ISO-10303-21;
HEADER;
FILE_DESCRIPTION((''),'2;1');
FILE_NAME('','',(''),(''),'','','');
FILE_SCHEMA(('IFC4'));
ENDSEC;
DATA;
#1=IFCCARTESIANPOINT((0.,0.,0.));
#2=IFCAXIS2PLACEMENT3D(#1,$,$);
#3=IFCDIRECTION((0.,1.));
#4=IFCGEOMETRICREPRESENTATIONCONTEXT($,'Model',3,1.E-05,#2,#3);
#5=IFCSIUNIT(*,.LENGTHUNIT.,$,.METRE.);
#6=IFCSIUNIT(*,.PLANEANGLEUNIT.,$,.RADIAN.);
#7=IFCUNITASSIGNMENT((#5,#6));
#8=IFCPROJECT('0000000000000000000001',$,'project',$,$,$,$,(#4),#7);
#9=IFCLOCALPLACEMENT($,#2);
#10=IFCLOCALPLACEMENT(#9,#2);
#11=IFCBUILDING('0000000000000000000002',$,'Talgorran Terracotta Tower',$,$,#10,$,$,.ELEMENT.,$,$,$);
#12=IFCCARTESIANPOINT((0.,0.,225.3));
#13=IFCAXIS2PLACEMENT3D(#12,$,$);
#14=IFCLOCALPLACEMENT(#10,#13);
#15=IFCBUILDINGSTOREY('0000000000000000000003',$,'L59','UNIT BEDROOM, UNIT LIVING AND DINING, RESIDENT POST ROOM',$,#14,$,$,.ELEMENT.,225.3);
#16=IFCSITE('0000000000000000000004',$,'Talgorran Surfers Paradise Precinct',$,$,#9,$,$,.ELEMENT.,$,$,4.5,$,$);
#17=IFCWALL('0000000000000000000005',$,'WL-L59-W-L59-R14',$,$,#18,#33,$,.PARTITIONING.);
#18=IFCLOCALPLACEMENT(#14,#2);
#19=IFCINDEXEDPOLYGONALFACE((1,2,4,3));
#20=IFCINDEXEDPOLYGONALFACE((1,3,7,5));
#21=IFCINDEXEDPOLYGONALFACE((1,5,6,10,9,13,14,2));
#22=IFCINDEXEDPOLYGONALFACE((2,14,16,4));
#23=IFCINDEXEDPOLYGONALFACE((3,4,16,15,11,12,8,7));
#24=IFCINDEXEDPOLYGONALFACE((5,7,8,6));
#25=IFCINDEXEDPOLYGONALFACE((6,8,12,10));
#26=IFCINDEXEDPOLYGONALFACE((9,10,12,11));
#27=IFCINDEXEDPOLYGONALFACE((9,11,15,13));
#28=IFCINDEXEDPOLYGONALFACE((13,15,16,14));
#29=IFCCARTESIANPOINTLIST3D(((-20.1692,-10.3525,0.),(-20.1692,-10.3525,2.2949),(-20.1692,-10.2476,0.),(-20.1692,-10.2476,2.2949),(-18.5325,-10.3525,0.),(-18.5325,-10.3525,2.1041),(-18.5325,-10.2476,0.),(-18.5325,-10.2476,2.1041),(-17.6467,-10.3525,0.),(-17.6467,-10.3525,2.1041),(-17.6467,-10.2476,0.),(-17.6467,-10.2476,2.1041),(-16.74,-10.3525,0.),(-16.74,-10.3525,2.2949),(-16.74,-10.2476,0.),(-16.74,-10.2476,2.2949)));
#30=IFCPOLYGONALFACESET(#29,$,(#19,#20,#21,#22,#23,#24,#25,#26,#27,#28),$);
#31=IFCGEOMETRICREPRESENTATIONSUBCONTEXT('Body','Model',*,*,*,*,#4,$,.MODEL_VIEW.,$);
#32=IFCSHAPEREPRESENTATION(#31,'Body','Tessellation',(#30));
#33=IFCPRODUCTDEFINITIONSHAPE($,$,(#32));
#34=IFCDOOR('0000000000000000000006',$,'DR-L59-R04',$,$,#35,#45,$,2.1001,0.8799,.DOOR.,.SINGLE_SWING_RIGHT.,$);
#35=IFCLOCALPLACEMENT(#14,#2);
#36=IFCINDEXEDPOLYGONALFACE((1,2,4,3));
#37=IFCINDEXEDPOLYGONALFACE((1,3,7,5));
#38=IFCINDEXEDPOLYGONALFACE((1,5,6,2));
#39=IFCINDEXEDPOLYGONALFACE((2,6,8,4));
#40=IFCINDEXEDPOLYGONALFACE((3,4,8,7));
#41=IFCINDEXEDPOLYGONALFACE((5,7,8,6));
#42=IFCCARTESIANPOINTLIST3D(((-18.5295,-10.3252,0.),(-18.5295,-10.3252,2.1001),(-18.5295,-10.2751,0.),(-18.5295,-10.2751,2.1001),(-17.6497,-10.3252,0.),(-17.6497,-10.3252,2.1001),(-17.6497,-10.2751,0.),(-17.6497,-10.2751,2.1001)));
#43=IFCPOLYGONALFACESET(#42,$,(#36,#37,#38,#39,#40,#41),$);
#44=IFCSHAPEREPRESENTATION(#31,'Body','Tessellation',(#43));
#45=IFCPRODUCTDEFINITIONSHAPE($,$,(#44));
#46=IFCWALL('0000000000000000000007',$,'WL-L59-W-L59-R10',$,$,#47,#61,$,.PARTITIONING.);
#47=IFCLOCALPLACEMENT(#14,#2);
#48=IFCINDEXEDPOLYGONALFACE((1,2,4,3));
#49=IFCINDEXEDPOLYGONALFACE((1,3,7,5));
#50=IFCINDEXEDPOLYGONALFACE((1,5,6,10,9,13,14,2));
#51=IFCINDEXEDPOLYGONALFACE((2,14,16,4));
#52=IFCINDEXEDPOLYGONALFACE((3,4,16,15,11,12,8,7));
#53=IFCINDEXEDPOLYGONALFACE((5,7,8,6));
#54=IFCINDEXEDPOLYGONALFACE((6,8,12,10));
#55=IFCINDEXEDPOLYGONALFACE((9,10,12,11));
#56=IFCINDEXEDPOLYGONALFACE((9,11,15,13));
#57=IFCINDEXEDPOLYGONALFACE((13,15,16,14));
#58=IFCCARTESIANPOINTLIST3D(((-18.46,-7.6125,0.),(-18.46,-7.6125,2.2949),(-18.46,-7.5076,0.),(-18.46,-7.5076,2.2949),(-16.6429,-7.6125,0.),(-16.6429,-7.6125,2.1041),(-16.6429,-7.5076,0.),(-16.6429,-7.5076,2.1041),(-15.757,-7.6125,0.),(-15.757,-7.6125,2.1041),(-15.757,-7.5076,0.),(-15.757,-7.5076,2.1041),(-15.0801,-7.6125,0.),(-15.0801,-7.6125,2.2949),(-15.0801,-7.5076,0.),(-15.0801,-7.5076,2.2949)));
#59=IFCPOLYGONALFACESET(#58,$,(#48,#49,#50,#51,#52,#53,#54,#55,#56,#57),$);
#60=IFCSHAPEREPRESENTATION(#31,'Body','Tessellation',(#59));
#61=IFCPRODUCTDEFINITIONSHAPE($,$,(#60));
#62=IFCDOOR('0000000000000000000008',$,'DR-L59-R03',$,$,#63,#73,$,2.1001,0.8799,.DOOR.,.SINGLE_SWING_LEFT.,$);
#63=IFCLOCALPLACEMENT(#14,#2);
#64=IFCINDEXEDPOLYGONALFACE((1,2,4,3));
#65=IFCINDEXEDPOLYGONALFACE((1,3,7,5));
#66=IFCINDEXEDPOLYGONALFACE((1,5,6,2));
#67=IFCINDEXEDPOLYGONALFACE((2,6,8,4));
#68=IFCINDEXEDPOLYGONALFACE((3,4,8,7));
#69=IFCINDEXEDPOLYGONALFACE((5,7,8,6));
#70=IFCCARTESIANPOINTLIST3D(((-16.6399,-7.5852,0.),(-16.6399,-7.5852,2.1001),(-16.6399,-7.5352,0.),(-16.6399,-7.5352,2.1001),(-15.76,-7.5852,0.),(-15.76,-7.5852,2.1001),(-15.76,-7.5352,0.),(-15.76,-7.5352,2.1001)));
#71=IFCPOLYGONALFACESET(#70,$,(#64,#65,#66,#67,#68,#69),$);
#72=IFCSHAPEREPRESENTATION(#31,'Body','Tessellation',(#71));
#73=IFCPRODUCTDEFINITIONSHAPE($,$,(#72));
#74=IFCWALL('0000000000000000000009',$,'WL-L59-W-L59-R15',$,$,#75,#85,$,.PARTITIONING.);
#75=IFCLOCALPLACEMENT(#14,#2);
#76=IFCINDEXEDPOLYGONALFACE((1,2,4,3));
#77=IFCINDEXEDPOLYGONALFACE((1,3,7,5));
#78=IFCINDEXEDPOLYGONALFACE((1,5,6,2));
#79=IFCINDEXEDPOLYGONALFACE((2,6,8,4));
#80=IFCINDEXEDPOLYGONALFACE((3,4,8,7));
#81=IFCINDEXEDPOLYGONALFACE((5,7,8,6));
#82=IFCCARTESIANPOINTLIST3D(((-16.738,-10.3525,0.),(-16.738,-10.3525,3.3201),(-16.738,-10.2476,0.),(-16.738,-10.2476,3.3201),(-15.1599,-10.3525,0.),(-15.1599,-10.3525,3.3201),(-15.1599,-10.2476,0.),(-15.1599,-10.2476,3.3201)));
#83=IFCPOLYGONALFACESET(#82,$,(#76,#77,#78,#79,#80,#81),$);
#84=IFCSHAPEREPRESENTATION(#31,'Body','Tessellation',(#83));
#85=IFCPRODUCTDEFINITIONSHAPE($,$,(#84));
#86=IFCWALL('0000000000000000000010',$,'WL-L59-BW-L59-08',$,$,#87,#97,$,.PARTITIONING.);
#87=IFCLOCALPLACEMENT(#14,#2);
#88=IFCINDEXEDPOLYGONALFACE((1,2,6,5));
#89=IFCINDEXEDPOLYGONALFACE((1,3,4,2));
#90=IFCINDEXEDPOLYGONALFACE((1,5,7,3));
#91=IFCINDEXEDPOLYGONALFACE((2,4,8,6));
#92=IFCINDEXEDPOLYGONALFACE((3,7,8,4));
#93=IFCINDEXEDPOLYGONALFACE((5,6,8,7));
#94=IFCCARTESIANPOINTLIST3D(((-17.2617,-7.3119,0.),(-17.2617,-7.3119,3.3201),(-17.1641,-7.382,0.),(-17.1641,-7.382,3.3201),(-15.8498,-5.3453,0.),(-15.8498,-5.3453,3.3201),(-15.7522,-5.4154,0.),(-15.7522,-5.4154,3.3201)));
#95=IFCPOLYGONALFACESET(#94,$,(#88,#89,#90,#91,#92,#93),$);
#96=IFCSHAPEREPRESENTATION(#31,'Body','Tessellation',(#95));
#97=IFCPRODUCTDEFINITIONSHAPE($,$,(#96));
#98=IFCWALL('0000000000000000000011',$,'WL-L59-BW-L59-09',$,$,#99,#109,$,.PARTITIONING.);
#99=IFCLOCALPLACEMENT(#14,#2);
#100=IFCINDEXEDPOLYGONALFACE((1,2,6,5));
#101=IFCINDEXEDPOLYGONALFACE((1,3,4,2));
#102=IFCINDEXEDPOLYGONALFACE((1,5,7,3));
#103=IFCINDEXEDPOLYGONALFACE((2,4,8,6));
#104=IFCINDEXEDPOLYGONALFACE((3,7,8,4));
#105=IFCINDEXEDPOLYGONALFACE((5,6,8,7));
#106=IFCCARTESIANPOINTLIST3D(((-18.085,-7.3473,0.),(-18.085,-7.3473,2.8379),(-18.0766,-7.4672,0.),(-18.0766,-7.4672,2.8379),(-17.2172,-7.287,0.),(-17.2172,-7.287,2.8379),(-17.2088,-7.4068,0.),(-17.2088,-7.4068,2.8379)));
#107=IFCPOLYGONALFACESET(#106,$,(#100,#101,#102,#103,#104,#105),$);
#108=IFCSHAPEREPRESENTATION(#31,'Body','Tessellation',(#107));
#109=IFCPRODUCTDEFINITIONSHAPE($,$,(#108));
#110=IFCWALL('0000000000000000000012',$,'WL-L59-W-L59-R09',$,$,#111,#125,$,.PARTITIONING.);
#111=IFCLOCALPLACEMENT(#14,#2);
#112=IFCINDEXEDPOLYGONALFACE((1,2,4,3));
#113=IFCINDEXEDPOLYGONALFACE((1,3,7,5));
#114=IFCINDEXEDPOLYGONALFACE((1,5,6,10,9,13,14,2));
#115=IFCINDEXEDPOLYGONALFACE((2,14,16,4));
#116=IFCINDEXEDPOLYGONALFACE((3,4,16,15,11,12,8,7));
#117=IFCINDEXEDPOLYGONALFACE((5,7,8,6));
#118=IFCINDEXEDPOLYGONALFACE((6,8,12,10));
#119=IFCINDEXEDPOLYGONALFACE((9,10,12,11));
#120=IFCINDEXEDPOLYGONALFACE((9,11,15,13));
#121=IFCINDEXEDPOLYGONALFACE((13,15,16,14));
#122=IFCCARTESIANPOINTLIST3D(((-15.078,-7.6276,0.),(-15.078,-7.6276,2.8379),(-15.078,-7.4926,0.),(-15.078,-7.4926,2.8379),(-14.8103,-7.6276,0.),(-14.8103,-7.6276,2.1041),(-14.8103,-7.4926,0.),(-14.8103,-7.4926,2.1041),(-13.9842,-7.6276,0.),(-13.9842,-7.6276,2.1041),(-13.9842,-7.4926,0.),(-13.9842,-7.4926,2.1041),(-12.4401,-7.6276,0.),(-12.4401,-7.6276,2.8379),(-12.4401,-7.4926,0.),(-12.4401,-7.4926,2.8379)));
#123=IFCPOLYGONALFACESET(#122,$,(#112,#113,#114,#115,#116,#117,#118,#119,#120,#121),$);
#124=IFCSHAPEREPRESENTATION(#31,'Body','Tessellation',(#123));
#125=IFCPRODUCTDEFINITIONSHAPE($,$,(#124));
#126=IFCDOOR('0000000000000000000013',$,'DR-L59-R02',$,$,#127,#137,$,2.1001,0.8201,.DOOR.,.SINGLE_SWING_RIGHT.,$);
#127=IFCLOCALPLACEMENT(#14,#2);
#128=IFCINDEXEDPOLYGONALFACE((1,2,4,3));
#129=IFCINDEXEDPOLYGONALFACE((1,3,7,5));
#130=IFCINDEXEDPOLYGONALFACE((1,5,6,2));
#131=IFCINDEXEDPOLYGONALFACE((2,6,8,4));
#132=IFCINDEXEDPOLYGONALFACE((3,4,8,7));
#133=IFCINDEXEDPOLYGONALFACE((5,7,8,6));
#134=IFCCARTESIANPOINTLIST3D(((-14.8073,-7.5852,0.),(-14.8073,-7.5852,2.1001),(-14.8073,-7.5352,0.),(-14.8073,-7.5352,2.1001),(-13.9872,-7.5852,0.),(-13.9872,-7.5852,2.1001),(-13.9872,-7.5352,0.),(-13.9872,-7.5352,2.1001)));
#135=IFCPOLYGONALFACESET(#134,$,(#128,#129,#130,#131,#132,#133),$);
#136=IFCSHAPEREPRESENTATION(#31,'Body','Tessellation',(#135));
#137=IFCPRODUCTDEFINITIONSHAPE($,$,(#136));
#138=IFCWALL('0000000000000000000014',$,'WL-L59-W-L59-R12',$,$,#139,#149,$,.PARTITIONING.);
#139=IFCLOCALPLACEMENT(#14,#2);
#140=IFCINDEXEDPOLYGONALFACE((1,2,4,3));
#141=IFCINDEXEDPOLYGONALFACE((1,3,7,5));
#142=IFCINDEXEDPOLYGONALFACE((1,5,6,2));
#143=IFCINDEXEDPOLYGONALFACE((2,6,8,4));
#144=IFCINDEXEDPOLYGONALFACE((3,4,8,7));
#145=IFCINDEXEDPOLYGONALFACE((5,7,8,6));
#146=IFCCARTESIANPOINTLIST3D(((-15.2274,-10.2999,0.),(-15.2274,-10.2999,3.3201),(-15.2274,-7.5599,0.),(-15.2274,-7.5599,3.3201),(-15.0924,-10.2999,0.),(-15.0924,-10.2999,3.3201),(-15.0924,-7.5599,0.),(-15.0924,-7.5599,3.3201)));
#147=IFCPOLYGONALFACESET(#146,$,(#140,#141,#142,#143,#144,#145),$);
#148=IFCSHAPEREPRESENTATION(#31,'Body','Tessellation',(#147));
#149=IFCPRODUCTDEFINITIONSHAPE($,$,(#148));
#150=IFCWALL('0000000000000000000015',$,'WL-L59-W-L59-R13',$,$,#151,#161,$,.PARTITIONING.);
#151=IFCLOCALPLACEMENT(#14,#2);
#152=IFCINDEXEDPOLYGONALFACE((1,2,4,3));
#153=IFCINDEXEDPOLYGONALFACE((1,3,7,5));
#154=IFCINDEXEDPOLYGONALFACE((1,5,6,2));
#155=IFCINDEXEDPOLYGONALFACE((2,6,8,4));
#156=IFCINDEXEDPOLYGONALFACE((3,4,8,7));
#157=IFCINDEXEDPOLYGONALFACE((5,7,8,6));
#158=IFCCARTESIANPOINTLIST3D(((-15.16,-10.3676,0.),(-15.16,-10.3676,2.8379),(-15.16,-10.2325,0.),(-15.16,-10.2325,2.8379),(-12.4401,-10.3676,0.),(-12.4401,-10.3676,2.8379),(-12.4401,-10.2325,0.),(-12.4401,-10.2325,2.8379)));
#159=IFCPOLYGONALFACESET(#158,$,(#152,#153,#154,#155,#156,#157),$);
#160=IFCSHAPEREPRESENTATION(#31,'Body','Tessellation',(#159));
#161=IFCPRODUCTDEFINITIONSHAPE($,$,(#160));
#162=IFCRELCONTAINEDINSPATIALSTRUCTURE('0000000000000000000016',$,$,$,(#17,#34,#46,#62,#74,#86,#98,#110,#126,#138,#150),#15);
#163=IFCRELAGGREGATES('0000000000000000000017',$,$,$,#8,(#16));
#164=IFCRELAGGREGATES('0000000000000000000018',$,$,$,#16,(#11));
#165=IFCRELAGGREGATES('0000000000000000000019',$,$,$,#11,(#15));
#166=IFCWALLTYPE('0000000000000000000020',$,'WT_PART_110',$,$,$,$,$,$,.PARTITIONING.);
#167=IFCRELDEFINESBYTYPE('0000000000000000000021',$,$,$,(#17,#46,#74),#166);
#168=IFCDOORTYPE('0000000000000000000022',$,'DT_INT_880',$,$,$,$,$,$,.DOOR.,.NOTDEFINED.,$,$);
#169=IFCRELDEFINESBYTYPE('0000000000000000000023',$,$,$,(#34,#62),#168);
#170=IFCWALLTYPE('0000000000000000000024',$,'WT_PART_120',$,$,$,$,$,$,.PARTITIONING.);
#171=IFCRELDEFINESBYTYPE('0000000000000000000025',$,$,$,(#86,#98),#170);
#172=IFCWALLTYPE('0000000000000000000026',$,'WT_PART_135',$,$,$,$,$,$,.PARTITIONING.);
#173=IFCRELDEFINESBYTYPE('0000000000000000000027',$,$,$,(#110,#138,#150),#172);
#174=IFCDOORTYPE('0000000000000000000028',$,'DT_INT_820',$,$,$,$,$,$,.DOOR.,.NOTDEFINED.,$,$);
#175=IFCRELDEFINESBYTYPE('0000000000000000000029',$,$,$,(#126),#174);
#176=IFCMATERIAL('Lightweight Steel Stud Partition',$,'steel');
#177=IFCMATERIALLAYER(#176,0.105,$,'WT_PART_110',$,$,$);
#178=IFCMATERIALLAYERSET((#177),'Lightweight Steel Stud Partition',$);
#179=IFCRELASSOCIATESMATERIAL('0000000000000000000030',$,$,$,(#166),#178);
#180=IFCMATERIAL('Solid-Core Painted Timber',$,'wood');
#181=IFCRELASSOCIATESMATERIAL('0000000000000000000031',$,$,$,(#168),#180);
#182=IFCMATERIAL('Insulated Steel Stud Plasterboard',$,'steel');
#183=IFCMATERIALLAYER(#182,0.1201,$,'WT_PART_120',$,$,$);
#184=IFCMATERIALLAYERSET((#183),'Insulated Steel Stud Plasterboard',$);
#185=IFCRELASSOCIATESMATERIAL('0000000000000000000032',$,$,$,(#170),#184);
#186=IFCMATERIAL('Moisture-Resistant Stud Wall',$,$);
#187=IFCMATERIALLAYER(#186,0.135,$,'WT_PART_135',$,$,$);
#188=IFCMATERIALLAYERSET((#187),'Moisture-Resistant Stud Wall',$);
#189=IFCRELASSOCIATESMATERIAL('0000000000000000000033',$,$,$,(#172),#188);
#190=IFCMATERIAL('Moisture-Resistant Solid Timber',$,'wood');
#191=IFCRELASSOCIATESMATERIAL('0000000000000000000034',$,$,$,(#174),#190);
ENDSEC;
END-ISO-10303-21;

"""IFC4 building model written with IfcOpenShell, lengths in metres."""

from ifc_helpers import new_model, si_unit, direction, frame, frame_2d, origin, place, context, subcontext, project, spatial, rectangle, extrude, material, layer, layer_set, type_object, element, fill, save


model = new_model("IFC4")

# Units and contexts
model_context = context("Model", 3, precision=1e-05, world=origin(), true_north=direction((0.0, 1.0)))
body_context = subcontext(model_context, "Body", "Model", "MODEL_VIEW")
ifc_project = project(units=[si_unit("LENGTHUNIT", "METRE"), si_unit("PLANEANGLEUNIT", "RADIAN")], contexts=[model_context])

# Site, building, storey
site_placement = place(None, origin())
site = spatial("IfcSite", under=ifc_project, at=site_placement, Name="Talgorran Surfers Paradise Precinct", CompositionType="ELEMENT", RefElevation=4.5)
building_placement = place(site_placement, origin())
building = spatial("IfcBuilding", under=site, at=building_placement, Name="Talgorran Terracotta Tower", CompositionType="ELEMENT")
storey_placement = place(building_placement, frame((0.0, 0.0, 225.3)))
storey = spatial("IfcBuildingStorey", under=building, at=storey_placement, Name="L59", Description="UNIT BEDROOM, UNIT LIVING AND DINING, RESIDENT POST ROOM", CompositionType="ELEMENT", Elevation=225.3)

# Walls, openings, doors
ifc_material_1 = material(Name="Lightweight Steel Stud Partition", Category="steel")
ifc_layer_1 = layer(ifc_material_1, 0.105, Name="WT_PART_110")
ifc_layer_set_1 = layer_set([ifc_layer_1], Name="Lightweight Steel Stud Partition")
wall_type_1 = type_object("IfcWallType", Name="WT_PART_110", PredefinedType="PARTITIONING", material=ifc_layer_set_1)
wall_1_placement = place(storey_placement, frame((-20.1692, -10.3, 0.0), z_axis=(0.0, 0.0, 1.0), x_axis=(1.0, 0.0, 0.0)))
wall_1 = element("IfcWall", 1, at=wall_1_placement, inside=storey, type_object=wall_type_1, Name="WL-L59-W-L59-R14", PredefinedType="PARTITIONING", context=body_context, shape_type="SweptSolid", body=[
    extrude(rectangle(XDim=3.4292, YDim=0.105, at=frame_2d((1.7146, 0.0))), origin(), (0.0, 0.0, 1.0), 2.2949),
])
opening_1_placement = place(wall_1_placement, frame((1.6396, 0.0, 0.0)))
opening_1 = element("IfcOpeningElement", 2, at=opening_1_placement, cuts=wall_1, PredefinedType="OPENING", context=body_context, shape_type="SweptSolid", body=[
    extrude(rectangle(XDim=0.8859, YDim=2.1041, at=frame_2d((0.4399, 1.052))), frame((0.0, 0.0625, 0.0), z_axis=(0.0, -1.0, 0.0), x_axis=(1.0, 0.0, 0.0)), (0.0, 0.0, 1.0), 0.125),
])
ifc_material_2 = material(Name="Solid-Core Painted Timber", Category="wood")
door_type_1 = type_object("IfcDoorType", Name="DT_INT_880", OperationType="NOTDEFINED", PredefinedType="DOOR", material=ifc_material_2)
door_1_placement = place(opening_1_placement, origin())
door_1 = element("IfcDoor", 3, at=door_1_placement, inside=storey, type_object=door_type_1, Name="DR-L59-R04", OperationType="SINGLE_SWING_RIGHT", OverallHeight=2.1001, OverallWidth=0.8799, PredefinedType="DOOR", context=body_context, shape_type="SweptSolid", body=[
    extrude(rectangle(XDim=0.8799, YDim=2.1001, at=frame_2d((0.4399, 1.05))), frame((0.0, 0.0249, 0.0), z_axis=(0.0, -1.0, 0.0), x_axis=(1.0, 0.0, 0.0)), (0.0, 0.0, 1.0), 0.05),
])
fill(opening_1, door_1)
wall_2_placement = place(storey_placement, frame((-18.46, -7.5601, 0.0), z_axis=(0.0, 0.0, 1.0), x_axis=(1.0, 0.0, 0.0)))
wall_2 = element("IfcWall", 4, at=wall_2_placement, inside=storey, type_object=wall_type_1, Name="WL-L59-W-L59-R10", PredefinedType="PARTITIONING", context=body_context, shape_type="SweptSolid", body=[
    extrude(rectangle(XDim=3.3799, YDim=0.105, at=frame_2d((1.6899, 0.0))), origin(), (0.0, 0.0, 1.0), 2.2949),
])
opening_2_placement = place(wall_2_placement, frame((1.8201, 0.0, 0.0)))
opening_2 = element("IfcOpeningElement", 5, at=opening_2_placement, cuts=wall_2, PredefinedType="OPENING", context=body_context, shape_type="SweptSolid", body=[
    extrude(rectangle(XDim=0.8859, YDim=2.1041, at=frame_2d((0.4399, 1.052))), frame((0.0, 0.0625, 0.0), z_axis=(0.0, -1.0, 0.0), x_axis=(1.0, 0.0, 0.0)), (0.0, 0.0, 1.0), 0.125),
])
door_2_placement = place(opening_2_placement, origin())
door_2 = element("IfcDoor", 6, at=door_2_placement, inside=storey, type_object=door_type_1, Name="DR-L59-R03", OperationType="SINGLE_SWING_LEFT", OverallHeight=2.1001, OverallWidth=0.8799, PredefinedType="DOOR", context=body_context, shape_type="SweptSolid", body=[
    extrude(rectangle(XDim=0.8799, YDim=2.1001, at=frame_2d((0.4399, 1.05))), frame((0.0, 0.0249, 0.0), z_axis=(0.0, -1.0, 0.0), x_axis=(1.0, 0.0, 0.0)), (0.0, 0.0, 1.0), 0.05),
])
fill(opening_2, door_2)

# Walls
wall_3_placement = place(storey_placement, frame((-16.738, -10.3, 0.0), z_axis=(0.0, 0.0, 1.0), x_axis=(1.0, 0.0, 0.0)))
element("IfcWall", 7, at=wall_3_placement, inside=storey, type_object=wall_type_1, Name="WL-L59-W-L59-R15", PredefinedType="PARTITIONING", context=body_context, shape_type="SweptSolid", body=[
    extrude(rectangle(XDim=1.5781, YDim=0.105, at=frame_2d((0.7891, 0.0))), origin(), (0.0, 0.0, 1.0), 3.3201),
])
ifc_material_3 = material(Name="Insulated Steel Stud Plasterboard", Category="steel")
ifc_layer_2 = layer(ifc_material_3, 0.1201, Name="WT_PART_120")
ifc_layer_set_2 = layer_set([ifc_layer_2], Name="Insulated Steel Stud Plasterboard")
wall_type_2 = type_object("IfcWallType", Name="WT_PART_120", PredefinedType="PARTITIONING", material=ifc_layer_set_2)
wall_4_placement = place(storey_placement, frame((-15.801, -5.3804, 0.0), z_axis=(0.0, 0.0, 1.0), x_axis=(-0.583202, -0.812327, 0.0)))
element("IfcWall", 8, at=wall_4_placement, inside=storey, type_object=wall_type_2, Name="WL-L59-BW-L59-08", PredefinedType="PARTITIONING", context=body_context, shape_type="SweptSolid", body=[
    extrude(rectangle(XDim=2.4209, YDim=0.1201, at=frame_2d((1.2104, 0.0))), origin(), (0.0, 0.0, 1.0), 3.3201),
])
wall_5_placement = place(storey_placement, frame((-17.2129, -7.3469, 0.0), z_axis=(0.0, 0.0, 1.0), x_axis=(-0.997594, -0.069332, 0.0)))
element("IfcWall", 9, at=wall_5_placement, inside=storey, type_object=wall_type_2, Name="WL-L59-BW-L59-09", PredefinedType="PARTITIONING", context=body_context, shape_type="SweptSolid", body=[
    extrude(rectangle(XDim=0.8699, YDim=0.1201, at=frame_2d((0.4351, 0.0))), origin(), (0.0, 0.0, 1.0), 2.8379),
])

# Wall, opening, door
ifc_material_4 = material(Name="Moisture-Resistant Stud Wall")
ifc_layer_3 = layer(ifc_material_4, 0.135, Name="WT_PART_135")
ifc_layer_set_3 = layer_set([ifc_layer_3], Name="Moisture-Resistant Stud Wall")
wall_type_3 = type_object("IfcWallType", Name="WT_PART_135", PredefinedType="PARTITIONING", material=ifc_layer_set_3)
wall_6_placement = place(storey_placement, frame((-15.0779, -7.5601, 0.0), z_axis=(0.0, 0.0, 1.0), x_axis=(1.0, 0.0, 0.0)))
wall_6 = element("IfcWall", 10, at=wall_6_placement, inside=storey, type_object=wall_type_3, Name="WL-L59-W-L59-R09", PredefinedType="PARTITIONING", context=body_context, shape_type="SweptSolid", body=[
    extrude(rectangle(XDim=2.6379, YDim=0.135, at=frame_2d((1.3188, 0.0))), origin(), (0.0, 0.0, 1.0), 2.8379),
])
opening_3_placement = place(wall_6_placement, frame((0.2705, 0.0, 0.0)))
opening_3 = element("IfcOpeningElement", 11, at=opening_3_placement, cuts=wall_6, PredefinedType="OPENING", context=body_context, shape_type="SweptSolid", body=[
    extrude(rectangle(XDim=0.8261, YDim=2.1041, at=frame_2d((0.4102, 1.052))), frame((0.0, 0.0776, 0.0), z_axis=(0.0, -1.0, 0.0), x_axis=(1.0, 0.0, 0.0)), (0.0, 0.0, 1.0), 0.155),
])
ifc_material_5 = material(Name="Moisture-Resistant Solid Timber", Category="wood")
door_type_2 = type_object("IfcDoorType", Name="DT_INT_820", OperationType="NOTDEFINED", PredefinedType="DOOR", material=ifc_material_5)
door_3_placement = place(opening_3_placement, origin())
door_3 = element("IfcDoor", 12, at=door_3_placement, inside=storey, type_object=door_type_2, Name="DR-L59-R02", OperationType="SINGLE_SWING_RIGHT", OverallHeight=2.1001, OverallWidth=0.8201, PredefinedType="DOOR", context=body_context, shape_type="SweptSolid", body=[
    extrude(rectangle(XDim=0.8201, YDim=2.1001, at=frame_2d((0.4102, 1.05))), frame((0.0, 0.0249, 0.0), z_axis=(0.0, -1.0, 0.0), x_axis=(1.0, 0.0, 0.0)), (0.0, 0.0, 1.0), 0.05),
])
fill(opening_3, door_3)

# Walls
wall_7_placement = place(storey_placement, frame((-15.1599, -10.3, 0.0), z_axis=(0.0, 0.0, 1.0), x_axis=(0.0, 1.0, 0.0)))
element("IfcWall", 13, at=wall_7_placement, inside=storey, type_object=wall_type_3, Name="WL-L59-W-L59-R12", PredefinedType="PARTITIONING", context=body_context, shape_type="SweptSolid", body=[
    extrude(rectangle(XDim=2.74, YDim=0.135, at=frame_2d((1.3701, 0.0))), origin(), (0.0, 0.0, 1.0), 3.3201),
])
wall_8_placement = place(storey_placement, frame((-15.1599, -10.3, 0.0), z_axis=(0.0, 0.0, 1.0), x_axis=(1.0, 0.0, 0.0)))
element("IfcWall", 14, at=wall_8_placement, inside=storey, type_object=wall_type_3, Name="WL-L59-W-L59-R13", PredefinedType="PARTITIONING", context=body_context, shape_type="SweptSolid", body=[
    extrude(rectangle(XDim=2.72, YDim=0.135, at=frame_2d((1.3599, 0.0))), origin(), (0.0, 0.0, 1.0), 2.8379),
])

save(model, "model.ifc")
